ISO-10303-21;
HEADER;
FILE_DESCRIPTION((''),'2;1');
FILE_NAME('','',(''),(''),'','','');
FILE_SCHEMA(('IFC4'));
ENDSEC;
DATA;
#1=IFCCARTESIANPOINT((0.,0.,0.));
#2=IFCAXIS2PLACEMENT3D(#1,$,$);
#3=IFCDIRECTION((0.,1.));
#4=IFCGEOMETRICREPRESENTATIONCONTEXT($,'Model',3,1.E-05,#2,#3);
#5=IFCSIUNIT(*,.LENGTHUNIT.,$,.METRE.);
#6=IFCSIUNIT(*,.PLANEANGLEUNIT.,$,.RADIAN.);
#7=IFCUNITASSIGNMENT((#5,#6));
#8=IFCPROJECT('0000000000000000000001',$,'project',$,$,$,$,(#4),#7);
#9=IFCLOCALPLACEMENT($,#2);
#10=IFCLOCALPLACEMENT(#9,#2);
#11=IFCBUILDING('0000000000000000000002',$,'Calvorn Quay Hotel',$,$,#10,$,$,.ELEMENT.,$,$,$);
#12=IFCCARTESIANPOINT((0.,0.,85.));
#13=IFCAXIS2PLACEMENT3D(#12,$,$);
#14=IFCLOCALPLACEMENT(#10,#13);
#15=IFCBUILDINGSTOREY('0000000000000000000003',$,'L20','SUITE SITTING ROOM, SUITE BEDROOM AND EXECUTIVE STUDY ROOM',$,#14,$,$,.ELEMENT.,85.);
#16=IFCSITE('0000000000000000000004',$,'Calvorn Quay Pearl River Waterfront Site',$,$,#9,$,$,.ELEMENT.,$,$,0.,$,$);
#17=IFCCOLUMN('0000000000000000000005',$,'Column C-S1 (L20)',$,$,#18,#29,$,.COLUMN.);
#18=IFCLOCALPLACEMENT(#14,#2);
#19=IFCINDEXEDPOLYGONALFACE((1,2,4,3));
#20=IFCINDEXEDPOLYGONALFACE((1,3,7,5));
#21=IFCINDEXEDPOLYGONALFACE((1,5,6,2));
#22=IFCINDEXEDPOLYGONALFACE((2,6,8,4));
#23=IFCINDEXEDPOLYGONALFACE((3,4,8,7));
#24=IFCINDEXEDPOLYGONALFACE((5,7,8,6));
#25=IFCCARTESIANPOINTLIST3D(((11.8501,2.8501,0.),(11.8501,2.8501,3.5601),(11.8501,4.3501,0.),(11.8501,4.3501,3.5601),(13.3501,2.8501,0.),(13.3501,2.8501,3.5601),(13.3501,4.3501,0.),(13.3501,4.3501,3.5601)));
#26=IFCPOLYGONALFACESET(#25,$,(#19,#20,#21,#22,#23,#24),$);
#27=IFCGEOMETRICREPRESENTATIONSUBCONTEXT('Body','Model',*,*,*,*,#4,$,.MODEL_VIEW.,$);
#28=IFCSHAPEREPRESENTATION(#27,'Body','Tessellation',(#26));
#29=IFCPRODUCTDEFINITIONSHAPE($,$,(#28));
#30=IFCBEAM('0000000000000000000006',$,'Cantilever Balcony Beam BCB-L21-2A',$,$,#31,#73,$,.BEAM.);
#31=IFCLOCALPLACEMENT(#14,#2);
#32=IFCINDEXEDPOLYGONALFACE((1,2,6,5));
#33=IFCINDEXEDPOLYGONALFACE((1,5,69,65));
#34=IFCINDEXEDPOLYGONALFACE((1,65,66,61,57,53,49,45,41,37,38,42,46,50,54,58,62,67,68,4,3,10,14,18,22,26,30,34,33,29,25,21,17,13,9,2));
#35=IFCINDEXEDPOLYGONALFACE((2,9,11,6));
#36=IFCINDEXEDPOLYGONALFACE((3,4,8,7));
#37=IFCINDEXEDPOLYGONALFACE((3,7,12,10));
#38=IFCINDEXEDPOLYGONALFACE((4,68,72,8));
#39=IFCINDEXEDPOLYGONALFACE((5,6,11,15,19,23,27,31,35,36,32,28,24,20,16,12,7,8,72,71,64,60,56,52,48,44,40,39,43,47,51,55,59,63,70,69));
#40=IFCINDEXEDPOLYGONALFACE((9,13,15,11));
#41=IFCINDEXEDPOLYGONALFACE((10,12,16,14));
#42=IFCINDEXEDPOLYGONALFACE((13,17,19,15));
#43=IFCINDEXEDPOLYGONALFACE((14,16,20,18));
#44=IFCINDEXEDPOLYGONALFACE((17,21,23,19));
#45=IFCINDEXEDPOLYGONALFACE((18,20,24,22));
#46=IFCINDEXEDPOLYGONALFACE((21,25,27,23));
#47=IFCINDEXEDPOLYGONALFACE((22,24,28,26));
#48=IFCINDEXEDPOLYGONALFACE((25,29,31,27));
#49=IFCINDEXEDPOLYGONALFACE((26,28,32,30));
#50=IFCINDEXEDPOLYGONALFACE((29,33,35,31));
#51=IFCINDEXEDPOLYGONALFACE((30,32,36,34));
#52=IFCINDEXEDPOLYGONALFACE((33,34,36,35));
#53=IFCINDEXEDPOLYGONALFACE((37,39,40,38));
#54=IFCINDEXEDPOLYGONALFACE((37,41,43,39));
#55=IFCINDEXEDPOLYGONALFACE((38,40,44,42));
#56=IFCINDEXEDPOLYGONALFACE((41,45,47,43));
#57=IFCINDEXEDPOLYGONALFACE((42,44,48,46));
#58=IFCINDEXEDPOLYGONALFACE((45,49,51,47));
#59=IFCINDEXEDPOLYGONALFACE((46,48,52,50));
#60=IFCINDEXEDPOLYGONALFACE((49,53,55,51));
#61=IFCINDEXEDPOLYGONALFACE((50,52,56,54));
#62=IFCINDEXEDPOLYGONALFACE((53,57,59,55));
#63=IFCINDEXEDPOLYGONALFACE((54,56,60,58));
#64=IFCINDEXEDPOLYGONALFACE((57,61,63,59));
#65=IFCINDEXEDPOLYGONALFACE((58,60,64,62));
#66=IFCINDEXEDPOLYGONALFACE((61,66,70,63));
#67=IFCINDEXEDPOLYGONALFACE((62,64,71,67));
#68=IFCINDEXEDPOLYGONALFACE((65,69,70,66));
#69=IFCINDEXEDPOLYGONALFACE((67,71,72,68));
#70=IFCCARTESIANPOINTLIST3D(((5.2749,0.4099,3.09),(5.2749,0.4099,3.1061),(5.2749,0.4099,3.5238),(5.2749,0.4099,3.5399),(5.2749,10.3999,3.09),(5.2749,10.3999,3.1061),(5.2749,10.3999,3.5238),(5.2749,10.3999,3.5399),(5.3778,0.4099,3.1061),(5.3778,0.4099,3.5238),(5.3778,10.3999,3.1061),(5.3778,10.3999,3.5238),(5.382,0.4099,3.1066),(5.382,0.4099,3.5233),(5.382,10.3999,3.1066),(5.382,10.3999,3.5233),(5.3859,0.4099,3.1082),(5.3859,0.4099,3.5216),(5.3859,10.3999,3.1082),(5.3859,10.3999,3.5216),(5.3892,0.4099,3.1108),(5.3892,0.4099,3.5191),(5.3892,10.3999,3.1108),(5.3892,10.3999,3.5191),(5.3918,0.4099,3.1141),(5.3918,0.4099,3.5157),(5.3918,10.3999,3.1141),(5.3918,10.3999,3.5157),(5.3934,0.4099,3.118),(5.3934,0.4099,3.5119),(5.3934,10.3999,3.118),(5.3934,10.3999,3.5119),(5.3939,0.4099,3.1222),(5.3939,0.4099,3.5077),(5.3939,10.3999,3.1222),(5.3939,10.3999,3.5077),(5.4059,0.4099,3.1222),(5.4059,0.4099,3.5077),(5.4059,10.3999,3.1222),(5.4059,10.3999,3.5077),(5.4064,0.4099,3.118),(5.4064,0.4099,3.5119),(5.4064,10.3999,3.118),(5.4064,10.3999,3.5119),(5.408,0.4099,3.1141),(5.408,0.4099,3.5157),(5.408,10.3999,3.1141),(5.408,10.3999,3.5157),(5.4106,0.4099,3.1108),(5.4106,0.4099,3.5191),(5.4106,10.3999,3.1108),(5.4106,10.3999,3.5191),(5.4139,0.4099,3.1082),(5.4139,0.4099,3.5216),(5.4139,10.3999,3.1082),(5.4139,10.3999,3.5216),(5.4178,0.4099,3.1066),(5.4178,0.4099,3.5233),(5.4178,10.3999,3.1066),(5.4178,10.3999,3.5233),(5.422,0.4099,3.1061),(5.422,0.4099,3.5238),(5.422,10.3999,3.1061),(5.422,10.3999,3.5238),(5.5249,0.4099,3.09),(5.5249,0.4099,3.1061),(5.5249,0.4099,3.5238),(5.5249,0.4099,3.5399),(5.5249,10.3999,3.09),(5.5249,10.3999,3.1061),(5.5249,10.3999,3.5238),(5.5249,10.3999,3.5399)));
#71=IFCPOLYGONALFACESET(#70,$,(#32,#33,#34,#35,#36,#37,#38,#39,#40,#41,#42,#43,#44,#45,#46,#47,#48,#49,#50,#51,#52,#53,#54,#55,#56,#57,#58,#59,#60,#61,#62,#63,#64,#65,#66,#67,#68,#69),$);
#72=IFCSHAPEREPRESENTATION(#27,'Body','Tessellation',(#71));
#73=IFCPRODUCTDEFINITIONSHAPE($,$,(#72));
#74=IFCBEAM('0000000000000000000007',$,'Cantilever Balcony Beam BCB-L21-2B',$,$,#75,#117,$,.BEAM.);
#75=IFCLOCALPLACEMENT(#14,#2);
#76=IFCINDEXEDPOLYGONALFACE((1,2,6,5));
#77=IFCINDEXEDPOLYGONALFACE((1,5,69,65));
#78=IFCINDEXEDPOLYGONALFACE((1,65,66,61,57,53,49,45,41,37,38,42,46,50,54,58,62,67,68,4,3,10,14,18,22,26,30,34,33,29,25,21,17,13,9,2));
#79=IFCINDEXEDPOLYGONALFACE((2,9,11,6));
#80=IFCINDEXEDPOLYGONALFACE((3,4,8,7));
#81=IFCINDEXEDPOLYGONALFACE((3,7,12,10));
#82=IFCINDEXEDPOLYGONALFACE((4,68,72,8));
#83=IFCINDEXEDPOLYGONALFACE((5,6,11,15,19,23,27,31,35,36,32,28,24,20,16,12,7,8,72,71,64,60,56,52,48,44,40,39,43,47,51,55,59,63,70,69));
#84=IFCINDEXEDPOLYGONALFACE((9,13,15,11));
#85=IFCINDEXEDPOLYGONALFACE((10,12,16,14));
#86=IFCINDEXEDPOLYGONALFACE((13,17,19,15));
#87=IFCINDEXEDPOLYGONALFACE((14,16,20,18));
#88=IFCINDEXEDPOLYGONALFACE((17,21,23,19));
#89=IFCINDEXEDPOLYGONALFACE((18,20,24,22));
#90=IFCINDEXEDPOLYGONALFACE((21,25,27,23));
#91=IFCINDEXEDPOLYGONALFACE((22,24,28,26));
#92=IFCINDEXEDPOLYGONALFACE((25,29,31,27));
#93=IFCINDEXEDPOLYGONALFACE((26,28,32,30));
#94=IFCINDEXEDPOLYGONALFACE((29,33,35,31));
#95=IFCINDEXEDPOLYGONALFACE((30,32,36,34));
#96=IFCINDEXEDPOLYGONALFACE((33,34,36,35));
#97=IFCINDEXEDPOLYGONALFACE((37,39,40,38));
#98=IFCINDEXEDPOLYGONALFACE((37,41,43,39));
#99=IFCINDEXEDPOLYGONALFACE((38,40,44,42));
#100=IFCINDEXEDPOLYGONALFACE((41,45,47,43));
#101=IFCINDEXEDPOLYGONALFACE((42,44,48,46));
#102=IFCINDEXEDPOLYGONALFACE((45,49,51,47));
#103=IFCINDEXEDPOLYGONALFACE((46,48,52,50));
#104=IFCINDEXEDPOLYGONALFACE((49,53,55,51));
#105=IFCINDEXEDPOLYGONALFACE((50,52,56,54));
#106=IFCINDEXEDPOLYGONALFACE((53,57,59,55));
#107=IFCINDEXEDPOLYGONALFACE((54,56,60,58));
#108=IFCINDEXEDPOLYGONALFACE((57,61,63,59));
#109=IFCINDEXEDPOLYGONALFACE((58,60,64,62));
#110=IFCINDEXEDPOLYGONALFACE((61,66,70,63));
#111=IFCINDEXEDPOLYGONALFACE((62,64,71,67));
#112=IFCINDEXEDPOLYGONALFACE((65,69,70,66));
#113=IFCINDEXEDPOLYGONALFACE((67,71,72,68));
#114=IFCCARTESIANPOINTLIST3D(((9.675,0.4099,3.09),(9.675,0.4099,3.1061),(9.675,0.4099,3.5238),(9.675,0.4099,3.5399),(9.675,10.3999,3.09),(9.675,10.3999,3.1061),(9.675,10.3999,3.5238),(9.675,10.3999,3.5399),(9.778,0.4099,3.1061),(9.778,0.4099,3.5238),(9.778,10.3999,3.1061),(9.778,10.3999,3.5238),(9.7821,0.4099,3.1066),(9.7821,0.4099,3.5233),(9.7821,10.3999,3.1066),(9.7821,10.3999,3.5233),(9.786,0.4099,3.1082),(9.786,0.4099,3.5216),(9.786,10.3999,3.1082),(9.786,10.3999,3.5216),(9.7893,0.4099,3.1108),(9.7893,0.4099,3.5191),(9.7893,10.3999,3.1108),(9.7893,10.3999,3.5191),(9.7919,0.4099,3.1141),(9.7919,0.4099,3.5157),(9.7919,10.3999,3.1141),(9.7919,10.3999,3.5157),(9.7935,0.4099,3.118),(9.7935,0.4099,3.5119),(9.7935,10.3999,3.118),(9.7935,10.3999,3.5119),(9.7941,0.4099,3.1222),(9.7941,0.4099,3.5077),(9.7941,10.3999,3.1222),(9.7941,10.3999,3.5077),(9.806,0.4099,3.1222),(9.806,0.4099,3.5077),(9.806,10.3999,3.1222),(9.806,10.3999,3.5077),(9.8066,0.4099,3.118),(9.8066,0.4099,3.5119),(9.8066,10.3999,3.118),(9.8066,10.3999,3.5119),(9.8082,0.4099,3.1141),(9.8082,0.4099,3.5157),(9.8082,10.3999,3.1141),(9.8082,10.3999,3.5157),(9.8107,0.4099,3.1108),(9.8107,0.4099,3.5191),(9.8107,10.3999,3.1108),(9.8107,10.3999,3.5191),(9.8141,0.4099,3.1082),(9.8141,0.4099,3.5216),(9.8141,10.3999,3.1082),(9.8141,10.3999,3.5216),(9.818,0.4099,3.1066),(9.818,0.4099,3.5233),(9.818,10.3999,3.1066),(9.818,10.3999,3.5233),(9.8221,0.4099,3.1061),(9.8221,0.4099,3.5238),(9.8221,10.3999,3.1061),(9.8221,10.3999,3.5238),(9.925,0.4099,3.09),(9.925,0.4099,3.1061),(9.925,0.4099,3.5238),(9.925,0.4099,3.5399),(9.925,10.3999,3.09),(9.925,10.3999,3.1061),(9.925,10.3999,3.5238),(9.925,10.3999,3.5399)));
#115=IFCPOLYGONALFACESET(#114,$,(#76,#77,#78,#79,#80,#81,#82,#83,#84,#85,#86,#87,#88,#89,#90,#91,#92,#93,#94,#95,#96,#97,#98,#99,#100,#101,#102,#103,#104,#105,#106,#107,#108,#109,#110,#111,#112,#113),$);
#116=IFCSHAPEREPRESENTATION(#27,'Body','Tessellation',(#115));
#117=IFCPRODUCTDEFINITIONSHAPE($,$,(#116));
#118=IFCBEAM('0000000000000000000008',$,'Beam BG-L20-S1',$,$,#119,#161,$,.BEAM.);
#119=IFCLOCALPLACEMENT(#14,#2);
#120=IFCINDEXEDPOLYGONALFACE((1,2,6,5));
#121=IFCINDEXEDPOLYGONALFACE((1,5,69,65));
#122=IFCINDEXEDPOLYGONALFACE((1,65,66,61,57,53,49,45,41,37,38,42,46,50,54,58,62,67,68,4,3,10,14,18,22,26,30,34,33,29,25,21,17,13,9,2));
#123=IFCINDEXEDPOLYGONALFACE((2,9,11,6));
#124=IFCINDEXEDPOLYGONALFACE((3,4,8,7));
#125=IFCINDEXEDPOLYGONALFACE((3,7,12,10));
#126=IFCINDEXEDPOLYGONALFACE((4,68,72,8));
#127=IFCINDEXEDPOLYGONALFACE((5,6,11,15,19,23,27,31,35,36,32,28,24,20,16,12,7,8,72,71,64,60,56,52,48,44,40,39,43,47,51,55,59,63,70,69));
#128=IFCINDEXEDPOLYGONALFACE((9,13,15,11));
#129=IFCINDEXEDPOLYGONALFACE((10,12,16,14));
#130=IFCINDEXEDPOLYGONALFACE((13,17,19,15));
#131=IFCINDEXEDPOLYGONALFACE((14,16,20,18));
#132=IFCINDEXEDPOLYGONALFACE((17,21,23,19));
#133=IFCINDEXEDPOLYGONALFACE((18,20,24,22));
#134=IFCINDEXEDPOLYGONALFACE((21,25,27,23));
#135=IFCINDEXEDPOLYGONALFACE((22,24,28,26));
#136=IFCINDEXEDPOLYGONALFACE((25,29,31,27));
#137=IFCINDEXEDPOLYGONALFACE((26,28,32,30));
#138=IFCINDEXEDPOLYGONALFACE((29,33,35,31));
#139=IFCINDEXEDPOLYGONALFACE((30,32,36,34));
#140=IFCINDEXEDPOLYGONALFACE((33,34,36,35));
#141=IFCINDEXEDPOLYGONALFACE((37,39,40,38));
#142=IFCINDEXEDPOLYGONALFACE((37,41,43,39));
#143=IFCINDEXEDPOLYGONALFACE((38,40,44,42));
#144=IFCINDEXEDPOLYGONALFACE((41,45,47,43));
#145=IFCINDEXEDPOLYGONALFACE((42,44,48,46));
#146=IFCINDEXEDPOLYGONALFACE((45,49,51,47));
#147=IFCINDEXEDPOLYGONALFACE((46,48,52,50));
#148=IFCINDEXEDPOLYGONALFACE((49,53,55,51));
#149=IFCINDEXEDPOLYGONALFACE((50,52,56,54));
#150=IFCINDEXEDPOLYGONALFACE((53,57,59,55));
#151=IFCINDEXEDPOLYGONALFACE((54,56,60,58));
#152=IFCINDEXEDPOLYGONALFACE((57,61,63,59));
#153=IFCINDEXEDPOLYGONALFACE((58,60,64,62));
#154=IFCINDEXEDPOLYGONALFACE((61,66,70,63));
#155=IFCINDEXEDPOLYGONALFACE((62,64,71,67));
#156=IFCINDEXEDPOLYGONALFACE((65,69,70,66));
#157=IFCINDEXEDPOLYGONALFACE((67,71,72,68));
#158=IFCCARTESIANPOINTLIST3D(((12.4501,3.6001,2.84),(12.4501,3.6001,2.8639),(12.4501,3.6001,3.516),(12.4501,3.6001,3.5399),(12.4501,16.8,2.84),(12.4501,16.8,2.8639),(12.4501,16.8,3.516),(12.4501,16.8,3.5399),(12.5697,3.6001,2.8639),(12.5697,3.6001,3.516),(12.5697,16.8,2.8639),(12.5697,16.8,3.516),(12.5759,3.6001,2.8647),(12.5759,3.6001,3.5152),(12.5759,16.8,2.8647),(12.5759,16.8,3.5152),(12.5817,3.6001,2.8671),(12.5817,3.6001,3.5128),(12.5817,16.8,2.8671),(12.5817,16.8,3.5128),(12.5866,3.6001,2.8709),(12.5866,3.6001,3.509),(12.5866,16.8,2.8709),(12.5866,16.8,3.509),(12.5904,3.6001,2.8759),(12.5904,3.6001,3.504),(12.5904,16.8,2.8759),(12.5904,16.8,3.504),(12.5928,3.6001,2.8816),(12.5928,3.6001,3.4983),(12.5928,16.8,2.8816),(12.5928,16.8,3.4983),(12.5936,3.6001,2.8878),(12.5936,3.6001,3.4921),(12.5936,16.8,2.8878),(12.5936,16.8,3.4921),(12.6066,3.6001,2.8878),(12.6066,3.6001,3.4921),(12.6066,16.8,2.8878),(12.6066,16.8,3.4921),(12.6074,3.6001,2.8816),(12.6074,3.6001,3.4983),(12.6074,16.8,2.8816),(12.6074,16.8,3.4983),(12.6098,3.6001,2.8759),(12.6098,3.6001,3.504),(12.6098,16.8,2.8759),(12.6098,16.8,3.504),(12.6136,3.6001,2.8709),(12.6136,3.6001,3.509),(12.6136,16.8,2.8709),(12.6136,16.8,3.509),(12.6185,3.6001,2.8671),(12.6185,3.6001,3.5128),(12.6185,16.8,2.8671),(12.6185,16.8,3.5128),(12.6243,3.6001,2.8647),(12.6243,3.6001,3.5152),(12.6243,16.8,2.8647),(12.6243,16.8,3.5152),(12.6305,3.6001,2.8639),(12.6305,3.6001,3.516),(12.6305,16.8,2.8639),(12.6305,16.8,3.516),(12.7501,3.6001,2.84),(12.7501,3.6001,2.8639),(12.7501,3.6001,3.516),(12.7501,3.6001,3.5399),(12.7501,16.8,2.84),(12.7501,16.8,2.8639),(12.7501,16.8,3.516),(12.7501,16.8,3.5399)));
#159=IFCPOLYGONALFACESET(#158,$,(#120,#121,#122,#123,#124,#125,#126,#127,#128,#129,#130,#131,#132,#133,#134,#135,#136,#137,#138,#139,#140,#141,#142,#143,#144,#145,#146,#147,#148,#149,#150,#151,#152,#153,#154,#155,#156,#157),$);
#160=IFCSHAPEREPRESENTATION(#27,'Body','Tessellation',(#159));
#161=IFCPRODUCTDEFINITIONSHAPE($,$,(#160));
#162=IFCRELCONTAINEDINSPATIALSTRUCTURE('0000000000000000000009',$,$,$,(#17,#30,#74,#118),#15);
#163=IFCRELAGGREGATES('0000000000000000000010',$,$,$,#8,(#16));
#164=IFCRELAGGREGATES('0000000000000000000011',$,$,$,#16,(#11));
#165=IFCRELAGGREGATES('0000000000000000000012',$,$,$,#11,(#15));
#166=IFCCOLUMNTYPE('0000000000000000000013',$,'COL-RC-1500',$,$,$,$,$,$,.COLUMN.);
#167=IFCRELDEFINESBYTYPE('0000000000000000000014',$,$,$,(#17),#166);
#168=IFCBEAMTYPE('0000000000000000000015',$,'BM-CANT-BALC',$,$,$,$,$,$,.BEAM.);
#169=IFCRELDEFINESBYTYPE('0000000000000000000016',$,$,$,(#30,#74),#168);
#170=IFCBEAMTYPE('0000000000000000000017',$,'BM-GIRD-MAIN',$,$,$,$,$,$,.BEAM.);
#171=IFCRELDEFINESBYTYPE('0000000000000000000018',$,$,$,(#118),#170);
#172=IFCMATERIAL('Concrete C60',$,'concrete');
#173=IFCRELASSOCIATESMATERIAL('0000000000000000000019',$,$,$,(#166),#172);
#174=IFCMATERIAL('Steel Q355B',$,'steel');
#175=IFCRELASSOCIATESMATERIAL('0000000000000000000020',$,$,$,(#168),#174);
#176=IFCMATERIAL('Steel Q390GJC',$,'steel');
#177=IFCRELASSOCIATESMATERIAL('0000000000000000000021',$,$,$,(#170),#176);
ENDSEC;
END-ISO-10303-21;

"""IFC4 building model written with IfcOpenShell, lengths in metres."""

from ifc_helpers import new_model, si_unit, direction, frame, origin, origin_2d, place, context, subcontext, project, spatial, rectangle, i_section, extrude, material, material_profile, profile_set, type_object, element, save


model = new_model("IFC4")

# Units and contexts
model_context = context("Model", 3, precision=1e-05, world=origin(), true_north=direction((0.0, 1.0)))
body_context = subcontext(model_context, "Body", "Model", "MODEL_VIEW")
ifc_project = project(units=[si_unit("LENGTHUNIT", "METRE"), si_unit("PLANEANGLEUNIT", "RADIAN")], contexts=[model_context])

# Site, building, storey
site_placement = place(None, origin())
site = spatial("IfcSite", under=ifc_project, at=site_placement, Name="Calvorn Quay Pearl River Waterfront Site", CompositionType="ELEMENT", RefElevation=0.0)
building_placement = place(site_placement, origin())
building = spatial("IfcBuilding", under=site, at=building_placement, Name="Calvorn Quay Hotel", CompositionType="ELEMENT")
storey_placement = place(building_placement, frame((0.0, 0.0, 85.0)))
storey = spatial("IfcBuildingStorey", under=building, at=storey_placement, Name="L20", Description="SUITE SITTING ROOM, SUITE BEDROOM AND EXECUTIVE STUDY ROOM", CompositionType="ELEMENT", Elevation=85.0)

# Column
ifc_material_1 = material(Name="Concrete C60", Category="concrete")
ifc_material_profile_1 = material_profile(ifc_material_1, rectangle(XDim=1.5, YDim=1.5, at=origin_2d()), Name="RC1500x1500")
ifc_profile_set_1 = profile_set([ifc_material_profile_1], Name="Concrete C60")
column_type = type_object("IfcColumnType", Name="COL-RC-1500", PredefinedType="COLUMN", material=ifc_profile_set_1)
column_placement = place(storey_placement, frame((12.6001, 3.6001, 0.0), z_axis=(0.0, 0.0, 1.0), x_axis=(1.0, 0.0, 0.0)))
element("IfcColumn", 1, at=column_placement, inside=storey, type_object=column_type, Name="Column C-S1 (L20)", PredefinedType="COLUMN", context=body_context, shape_type="SweptSolid", body=[
    extrude(rectangle(XDim=1.5, YDim=1.5, at=origin_2d()), origin(), (0.0, 0.0, 1.0), 3.5601),
])

# Beams
ifc_material_2 = material(Name="Steel Q355B", Category="steel")
ifc_material_profile_2 = material_profile(ifc_material_2, i_section(OverallWidth=0.25, OverallDepth=0.45, WebThickness=0.012, FlangeThickness=0.0161, FilletRadius=0.0161, at=origin_2d()), Name="HN450x250x12x16")
ifc_profile_set_2 = profile_set([ifc_material_profile_2], Name="Steel Q355B")
beam_type_1 = type_object("IfcBeamType", Name="BM-CANT-BALC", PredefinedType="BEAM", material=ifc_profile_set_2)
for number, where, z_axis, x_axis, name in (
    (2, (5.3999, 10.3999, 3.3149), (0.0, -1.0, 0.0), (1.0, 0.0, 0.0), "Cantilever Balcony Beam BCB-L21-2A"),
    (3, (9.8, 10.3999, 3.3149), (0.0, -1.0, 0.0), (1.0, 0.0, 0.0), "Cantilever Balcony Beam BCB-L21-2B"),
):
    element("IfcBeam", number, at=place(storey_placement, frame(where, z_axis=z_axis, x_axis=x_axis)), inside=storey, type_object=beam_type_1, Name=name, PredefinedType="BEAM", context=body_context, shape_type="SweptSolid", body=[
        extrude(i_section(OverallWidth=0.25, OverallDepth=0.45, WebThickness=0.012, FlangeThickness=0.0161, FilletRadius=0.0161, at=origin_2d()), origin(), (0.0, 0.0, 1.0), 9.99),
    ])
ifc_material_3 = material(Name="Steel Q390GJC", Category="steel")
ifc_material_profile_3 = material_profile(ifc_material_3, i_section(OverallWidth=0.3, OverallDepth=0.7, WebThickness=0.0129, FlangeThickness=0.0239, FilletRadius=0.0239, at=origin_2d()), Name="HN700x300x13x24")
ifc_profile_set_3 = profile_set([ifc_material_profile_3], Name="Steel Q390GJC")
beam_type_2 = type_object("IfcBeamType", Name="BM-GIRD-MAIN", PredefinedType="BEAM", material=ifc_profile_set_3)
beam_1_placement = place(storey_placement, frame((12.6001, 3.6001, 3.1899), z_axis=(0.0, 1.0, 0.0), x_axis=(-1.0, 0.0, 0.0)))
element("IfcBeam", 4, at=beam_1_placement, inside=storey, type_object=beam_type_2, Name="Beam BG-L20-S1", PredefinedType="BEAM", context=body_context, shape_type="SweptSolid", body=[
    extrude(i_section(OverallWidth=0.3, OverallDepth=0.7, WebThickness=0.0129, FlangeThickness=0.0239, FilletRadius=0.0239, at=origin_2d()), origin(), (0.0, 0.0, 1.0), 13.2),
])

save(model, "model.ifc")
